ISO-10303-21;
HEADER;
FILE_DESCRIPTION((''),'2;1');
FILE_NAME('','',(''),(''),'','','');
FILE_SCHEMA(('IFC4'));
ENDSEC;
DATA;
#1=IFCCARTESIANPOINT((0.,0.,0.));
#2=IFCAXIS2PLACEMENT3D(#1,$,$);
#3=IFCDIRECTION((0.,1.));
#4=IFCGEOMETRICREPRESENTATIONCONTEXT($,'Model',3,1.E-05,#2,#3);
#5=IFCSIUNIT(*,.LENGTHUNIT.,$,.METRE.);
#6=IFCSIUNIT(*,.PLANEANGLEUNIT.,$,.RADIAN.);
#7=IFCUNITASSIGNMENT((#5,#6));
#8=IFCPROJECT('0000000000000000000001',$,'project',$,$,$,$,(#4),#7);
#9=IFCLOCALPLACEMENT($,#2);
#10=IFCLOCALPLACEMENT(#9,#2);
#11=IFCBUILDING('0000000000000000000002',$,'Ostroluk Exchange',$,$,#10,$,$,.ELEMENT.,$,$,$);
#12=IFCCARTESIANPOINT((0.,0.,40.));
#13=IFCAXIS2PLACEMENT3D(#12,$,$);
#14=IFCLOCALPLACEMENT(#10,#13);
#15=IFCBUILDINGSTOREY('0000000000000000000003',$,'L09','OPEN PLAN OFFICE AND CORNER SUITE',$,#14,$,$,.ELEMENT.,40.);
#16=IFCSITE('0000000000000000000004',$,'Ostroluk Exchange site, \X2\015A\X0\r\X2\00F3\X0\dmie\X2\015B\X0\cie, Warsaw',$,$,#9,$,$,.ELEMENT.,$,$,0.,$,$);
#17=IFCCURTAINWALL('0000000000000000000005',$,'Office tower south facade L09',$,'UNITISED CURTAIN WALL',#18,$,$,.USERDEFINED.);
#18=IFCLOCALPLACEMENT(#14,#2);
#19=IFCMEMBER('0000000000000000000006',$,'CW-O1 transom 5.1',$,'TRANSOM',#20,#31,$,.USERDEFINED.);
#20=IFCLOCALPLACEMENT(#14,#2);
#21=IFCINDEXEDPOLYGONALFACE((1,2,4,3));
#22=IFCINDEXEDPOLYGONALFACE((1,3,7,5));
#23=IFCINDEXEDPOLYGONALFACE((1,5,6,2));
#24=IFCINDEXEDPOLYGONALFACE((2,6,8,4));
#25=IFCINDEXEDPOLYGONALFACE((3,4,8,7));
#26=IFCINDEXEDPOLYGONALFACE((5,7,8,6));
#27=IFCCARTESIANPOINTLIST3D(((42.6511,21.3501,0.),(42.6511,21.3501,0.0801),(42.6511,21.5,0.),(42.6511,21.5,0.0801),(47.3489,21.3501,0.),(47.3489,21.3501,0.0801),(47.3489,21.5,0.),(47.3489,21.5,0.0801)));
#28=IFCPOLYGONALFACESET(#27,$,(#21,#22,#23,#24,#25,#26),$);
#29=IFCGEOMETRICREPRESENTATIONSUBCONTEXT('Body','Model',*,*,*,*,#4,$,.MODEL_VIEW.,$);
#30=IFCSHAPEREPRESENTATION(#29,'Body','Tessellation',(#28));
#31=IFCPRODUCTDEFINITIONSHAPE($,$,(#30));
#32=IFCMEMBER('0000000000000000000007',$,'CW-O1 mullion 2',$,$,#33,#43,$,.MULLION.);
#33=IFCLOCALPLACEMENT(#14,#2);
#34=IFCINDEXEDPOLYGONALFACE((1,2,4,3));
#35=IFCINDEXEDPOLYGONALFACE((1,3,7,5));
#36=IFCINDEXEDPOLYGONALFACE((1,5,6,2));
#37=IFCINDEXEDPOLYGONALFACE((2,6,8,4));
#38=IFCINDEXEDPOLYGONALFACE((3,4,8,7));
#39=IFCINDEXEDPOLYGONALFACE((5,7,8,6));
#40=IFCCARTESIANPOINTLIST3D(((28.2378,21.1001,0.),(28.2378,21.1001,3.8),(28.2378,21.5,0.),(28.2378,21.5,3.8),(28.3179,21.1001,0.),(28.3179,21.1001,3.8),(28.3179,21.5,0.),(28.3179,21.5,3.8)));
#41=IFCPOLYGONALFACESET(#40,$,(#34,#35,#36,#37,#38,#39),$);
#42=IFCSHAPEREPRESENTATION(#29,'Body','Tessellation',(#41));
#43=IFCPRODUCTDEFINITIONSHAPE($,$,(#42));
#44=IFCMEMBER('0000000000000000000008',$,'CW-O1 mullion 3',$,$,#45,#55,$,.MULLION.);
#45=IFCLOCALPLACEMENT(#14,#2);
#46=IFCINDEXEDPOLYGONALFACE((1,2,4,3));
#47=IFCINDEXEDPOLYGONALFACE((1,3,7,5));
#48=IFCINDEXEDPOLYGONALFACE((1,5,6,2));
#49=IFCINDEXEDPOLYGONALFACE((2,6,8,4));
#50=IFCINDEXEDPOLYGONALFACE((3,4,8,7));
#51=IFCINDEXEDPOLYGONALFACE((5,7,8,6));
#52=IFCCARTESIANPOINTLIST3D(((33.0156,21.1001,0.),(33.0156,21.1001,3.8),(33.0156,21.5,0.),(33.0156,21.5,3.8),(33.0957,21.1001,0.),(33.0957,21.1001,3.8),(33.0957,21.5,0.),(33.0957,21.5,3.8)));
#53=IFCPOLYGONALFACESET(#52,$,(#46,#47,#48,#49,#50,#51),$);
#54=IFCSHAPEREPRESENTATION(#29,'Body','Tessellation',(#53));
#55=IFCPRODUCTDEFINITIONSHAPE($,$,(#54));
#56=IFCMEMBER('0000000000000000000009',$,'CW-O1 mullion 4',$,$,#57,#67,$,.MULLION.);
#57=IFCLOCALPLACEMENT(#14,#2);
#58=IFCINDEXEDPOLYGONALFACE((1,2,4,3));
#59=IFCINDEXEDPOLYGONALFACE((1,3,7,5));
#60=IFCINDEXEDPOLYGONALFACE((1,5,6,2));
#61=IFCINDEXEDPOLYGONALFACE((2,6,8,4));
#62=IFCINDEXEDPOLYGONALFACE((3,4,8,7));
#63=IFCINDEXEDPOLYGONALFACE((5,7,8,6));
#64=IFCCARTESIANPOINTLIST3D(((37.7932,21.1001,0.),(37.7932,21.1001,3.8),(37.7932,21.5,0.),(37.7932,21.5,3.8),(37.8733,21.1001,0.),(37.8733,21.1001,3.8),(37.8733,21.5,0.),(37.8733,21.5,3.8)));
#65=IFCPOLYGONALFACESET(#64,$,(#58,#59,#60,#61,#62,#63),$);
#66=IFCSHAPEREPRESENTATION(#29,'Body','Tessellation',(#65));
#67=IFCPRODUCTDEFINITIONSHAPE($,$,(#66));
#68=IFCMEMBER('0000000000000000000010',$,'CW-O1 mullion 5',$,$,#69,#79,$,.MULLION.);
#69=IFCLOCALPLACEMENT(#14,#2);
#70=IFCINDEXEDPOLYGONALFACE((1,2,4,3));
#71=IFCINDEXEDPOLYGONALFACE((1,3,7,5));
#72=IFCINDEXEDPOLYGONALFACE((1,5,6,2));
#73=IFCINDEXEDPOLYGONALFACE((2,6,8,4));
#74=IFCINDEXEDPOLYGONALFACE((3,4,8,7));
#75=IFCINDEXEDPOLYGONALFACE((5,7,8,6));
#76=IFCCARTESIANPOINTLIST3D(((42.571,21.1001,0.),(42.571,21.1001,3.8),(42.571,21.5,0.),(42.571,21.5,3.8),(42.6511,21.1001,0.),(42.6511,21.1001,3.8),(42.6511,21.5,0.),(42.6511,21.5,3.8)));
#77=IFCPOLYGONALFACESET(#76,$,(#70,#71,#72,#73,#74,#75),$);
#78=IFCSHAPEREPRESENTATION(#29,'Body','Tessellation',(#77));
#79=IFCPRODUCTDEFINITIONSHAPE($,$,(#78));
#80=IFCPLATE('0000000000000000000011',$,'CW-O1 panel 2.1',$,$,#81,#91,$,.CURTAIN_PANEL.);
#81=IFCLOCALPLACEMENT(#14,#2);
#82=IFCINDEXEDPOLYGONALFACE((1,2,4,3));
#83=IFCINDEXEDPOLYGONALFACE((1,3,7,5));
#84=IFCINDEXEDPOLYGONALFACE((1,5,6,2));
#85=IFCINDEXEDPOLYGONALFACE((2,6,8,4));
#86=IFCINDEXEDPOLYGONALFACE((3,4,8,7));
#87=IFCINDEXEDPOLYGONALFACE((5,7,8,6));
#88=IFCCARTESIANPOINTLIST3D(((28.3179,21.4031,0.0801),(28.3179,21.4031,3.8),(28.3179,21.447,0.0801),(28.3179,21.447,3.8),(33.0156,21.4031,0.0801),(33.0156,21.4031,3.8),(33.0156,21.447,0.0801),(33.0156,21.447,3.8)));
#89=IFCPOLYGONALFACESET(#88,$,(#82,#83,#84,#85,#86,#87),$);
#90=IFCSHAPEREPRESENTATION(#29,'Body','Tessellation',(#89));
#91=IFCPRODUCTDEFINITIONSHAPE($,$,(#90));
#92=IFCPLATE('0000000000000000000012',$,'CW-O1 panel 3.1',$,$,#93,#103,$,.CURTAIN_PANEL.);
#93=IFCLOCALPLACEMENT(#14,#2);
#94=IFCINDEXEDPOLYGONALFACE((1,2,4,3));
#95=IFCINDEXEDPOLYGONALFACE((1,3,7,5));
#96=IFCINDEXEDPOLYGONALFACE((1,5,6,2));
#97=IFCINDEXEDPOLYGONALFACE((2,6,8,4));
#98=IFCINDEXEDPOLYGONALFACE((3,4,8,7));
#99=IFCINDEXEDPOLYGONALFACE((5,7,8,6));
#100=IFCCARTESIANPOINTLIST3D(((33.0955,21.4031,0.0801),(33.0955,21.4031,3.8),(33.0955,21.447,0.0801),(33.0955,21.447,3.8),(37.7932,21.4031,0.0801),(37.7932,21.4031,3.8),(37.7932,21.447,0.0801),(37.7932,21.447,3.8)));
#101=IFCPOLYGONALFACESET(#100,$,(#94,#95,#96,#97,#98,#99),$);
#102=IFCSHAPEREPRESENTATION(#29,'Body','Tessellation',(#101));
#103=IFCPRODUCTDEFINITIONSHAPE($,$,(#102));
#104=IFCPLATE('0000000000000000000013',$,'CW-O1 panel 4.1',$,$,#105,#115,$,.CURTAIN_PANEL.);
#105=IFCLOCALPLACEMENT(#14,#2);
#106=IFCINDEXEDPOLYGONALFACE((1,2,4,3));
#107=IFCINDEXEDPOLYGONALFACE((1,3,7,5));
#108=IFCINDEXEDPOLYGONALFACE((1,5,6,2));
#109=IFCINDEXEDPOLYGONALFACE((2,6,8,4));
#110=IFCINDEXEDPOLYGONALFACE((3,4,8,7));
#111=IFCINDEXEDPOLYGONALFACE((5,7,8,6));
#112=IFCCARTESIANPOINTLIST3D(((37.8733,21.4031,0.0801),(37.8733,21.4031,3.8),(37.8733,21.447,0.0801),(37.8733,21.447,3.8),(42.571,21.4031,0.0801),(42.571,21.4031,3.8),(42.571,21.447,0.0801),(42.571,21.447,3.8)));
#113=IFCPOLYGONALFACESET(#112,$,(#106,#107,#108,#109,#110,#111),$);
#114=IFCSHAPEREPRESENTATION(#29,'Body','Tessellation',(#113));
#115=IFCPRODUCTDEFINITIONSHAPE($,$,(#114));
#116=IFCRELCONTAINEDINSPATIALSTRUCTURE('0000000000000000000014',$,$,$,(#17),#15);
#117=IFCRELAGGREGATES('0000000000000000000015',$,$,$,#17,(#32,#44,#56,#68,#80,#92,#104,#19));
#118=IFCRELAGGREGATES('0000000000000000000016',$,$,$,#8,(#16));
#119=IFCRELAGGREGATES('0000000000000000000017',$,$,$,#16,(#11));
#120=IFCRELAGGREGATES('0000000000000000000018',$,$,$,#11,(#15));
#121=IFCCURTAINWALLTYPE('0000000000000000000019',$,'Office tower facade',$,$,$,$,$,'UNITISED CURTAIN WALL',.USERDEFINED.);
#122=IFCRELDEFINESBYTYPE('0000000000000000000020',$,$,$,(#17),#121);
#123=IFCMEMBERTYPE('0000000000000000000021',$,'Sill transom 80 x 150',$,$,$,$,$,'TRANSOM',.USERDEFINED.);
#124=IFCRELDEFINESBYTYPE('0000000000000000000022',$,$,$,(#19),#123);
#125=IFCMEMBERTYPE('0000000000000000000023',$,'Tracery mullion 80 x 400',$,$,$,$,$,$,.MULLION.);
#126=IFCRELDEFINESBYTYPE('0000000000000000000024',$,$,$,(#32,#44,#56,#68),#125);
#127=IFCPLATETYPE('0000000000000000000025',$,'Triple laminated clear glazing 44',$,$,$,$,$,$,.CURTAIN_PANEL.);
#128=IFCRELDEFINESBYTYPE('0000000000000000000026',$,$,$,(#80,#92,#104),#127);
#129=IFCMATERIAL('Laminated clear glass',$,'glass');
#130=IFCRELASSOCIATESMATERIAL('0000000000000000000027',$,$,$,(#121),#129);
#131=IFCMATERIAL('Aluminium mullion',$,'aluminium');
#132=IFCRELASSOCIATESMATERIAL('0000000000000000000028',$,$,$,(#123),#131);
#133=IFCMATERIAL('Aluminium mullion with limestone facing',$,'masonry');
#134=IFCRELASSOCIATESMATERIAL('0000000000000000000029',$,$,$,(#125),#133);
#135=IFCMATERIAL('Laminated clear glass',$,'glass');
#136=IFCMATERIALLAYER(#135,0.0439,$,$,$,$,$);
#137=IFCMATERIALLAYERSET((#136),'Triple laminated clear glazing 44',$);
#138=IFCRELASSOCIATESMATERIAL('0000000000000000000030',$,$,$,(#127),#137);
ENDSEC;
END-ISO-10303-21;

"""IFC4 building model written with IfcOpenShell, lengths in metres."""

from ifc_helpers import new_model, si_unit, direction, frame, origin, origin_2d, place, context, subcontext, project, spatial, rectangle, extrude, material, layer, layer_set, material_profile, profile_set, type_object, element, aggregate, save


model = new_model("IFC4")

# Units and contexts
model_context = context("Model", 3, precision=1e-05, world=origin(), true_north=direction((0.0, 1.0)))
body_context = subcontext(model_context, "Body", "Model", "MODEL_VIEW")
ifc_project = project(units=[si_unit("LENGTHUNIT", "METRE"), si_unit("PLANEANGLEUNIT", "RADIAN")], contexts=[model_context])

# Site, building, storey
site_placement = place(None, origin())
site = spatial("IfcSite", under=ifc_project, at=site_placement, Name="Ostroluk Exchange site, Śródmieście, Warsaw", CompositionType="ELEMENT", RefElevation=0.0)
building_placement = place(site_placement, origin())
building = spatial("IfcBuilding", under=site, at=building_placement, Name="Ostroluk Exchange", CompositionType="ELEMENT")
storey_placement = place(building_placement, frame((0.0, 0.0, 40.0)))
storey = spatial("IfcBuildingStorey", under=building, at=storey_placement, Name="L09", Description="OPEN PLAN OFFICE AND CORNER SUITE", CompositionType="ELEMENT", Elevation=40.0)

# Curtain wall, members, plates
ifc_material_1 = material(Name="Laminated clear glass", Category="glass")
curtain_wall_type = type_object("IfcCurtainWallType", Name="Office tower facade", ElementType="UNITISED CURTAIN WALL", PredefinedType="USERDEFINED", material=ifc_material_1)
curtain_wall_placement = place(storey_placement, origin())
curtain_wall = element("IfcCurtainWall", 1, at=curtain_wall_placement, inside=storey, type_object=curtain_wall_type, Name="Office tower south facade L09", ObjectType="UNITISED CURTAIN WALL", PredefinedType="USERDEFINED")
ifc_material_2 = material(Name="Aluminium mullion", Category="aluminium")
ifc_material_profile_1 = material_profile(ifc_material_2, rectangle(XDim=0.1499, YDim=0.0801, at=origin_2d()), Name="Sill transom 80 x 150")
ifc_profile_set_1 = profile_set([ifc_material_profile_1], Name="Aluminium mullion")
member_type_1 = type_object("IfcMemberType", Name="Sill transom 80 x 150", ElementType="TRANSOM", PredefinedType="USERDEFINED", material=ifc_profile_set_1)
member_1_placement = place(storey_placement, frame((42.6511, 21.425, 0.04), z_axis=(1.0, 0.0, 0.0), x_axis=(0.0, 1.0, 0.0)))
member_1 = element("IfcMember", 2, at=member_1_placement, type_object=member_type_1, Name="CW-O1 transom 5.1", ObjectType="TRANSOM", PredefinedType="USERDEFINED", context=body_context, shape_type="SweptSolid", body=[
    extrude(rectangle(XDim=0.1499, YDim=0.0801, at=origin_2d()), origin(), (0.0, 0.0, 1.0), 4.6978),
])
ifc_material_3 = material(Name="Aluminium mullion with limestone facing", Category="masonry")
ifc_material_profile_2 = material_profile(ifc_material_3, rectangle(XDim=0.3999, YDim=0.0801, at=origin_2d()), Name="Tracery mullion 80 x 400")
ifc_profile_set_2 = profile_set([ifc_material_profile_2], Name="Aluminium mullion with limestone facing")
member_type_2 = type_object("IfcMemberType", Name="Tracery mullion 80 x 400", PredefinedType="MULLION", material=ifc_profile_set_2)
member_2_placement = place(storey_placement, frame((28.2778, 21.3, 0.0), z_axis=(0.0, 0.0, 1.0), x_axis=(0.0, 1.0, 0.0)))
member_2 = element("IfcMember", 3, at=member_2_placement, type_object=member_type_2, Name="CW-O1 mullion 2", PredefinedType="MULLION", context=body_context, shape_type="SweptSolid", body=[
    extrude(rectangle(XDim=0.3999, YDim=0.0801, at=origin_2d()), origin(), (0.0, 0.0, 1.0), 3.8),
])
member_3_placement = place(storey_placement, frame((33.0557, 21.3, 0.0), z_axis=(0.0, 0.0, 1.0), x_axis=(0.0, 1.0, 0.0)))
member_3 = element("IfcMember", 4, at=member_3_placement, type_object=member_type_2, Name="CW-O1 mullion 3", PredefinedType="MULLION", context=body_context, shape_type="SweptSolid", body=[
    extrude(rectangle(XDim=0.3999, YDim=0.0801, at=origin_2d()), origin(), (0.0, 0.0, 1.0), 3.8),
])
member_4_placement = place(storey_placement, frame((37.8333, 21.3, 0.0), z_axis=(0.0, 0.0, 1.0), x_axis=(0.0, 1.0, 0.0)))
member_4 = element("IfcMember", 5, at=member_4_placement, type_object=member_type_2, Name="CW-O1 mullion 4", PredefinedType="MULLION", context=body_context, shape_type="SweptSolid", body=[
    extrude(rectangle(XDim=0.3999, YDim=0.0801, at=origin_2d()), origin(), (0.0, 0.0, 1.0), 3.8),
])
member_5_placement = place(storey_placement, frame((42.6111, 21.3, 0.0), z_axis=(0.0, 0.0, 1.0), x_axis=(0.0, 1.0, 0.0)))
member_5 = element("IfcMember", 6, at=member_5_placement, type_object=member_type_2, Name="CW-O1 mullion 5", PredefinedType="MULLION", context=body_context, shape_type="SweptSolid", body=[
    extrude(rectangle(XDim=0.3999, YDim=0.0801, at=origin_2d()), origin(), (0.0, 0.0, 1.0), 3.8),
])
ifc_material_4 = material(Name="Laminated clear glass", Category="glass")
ifc_layer_1 = layer(ifc_material_4, 0.0439)
ifc_layer_set_1 = layer_set([ifc_layer_1], Name="Triple laminated clear glazing 44")
plate_type = type_object("IfcPlateType", Name="Triple laminated clear glazing 44", PredefinedType="CURTAIN_PANEL", material=ifc_layer_set_1)
plate_1_placement = place(storey_placement, frame((30.6667, 21.425, 0.0801), z_axis=(0.0, 0.0, 1.0), x_axis=(1.0, 0.0, 0.0)))
plate_1 = element("IfcPlate", 7, at=plate_1_placement, type_object=plate_type, Name="CW-O1 panel 2.1", PredefinedType="CURTAIN_PANEL", context=body_context, shape_type="SweptSolid", body=[
    extrude(rectangle(XDim=4.6978, YDim=0.0439, at=origin_2d()), origin(), (0.0, 0.0, 1.0), 3.72),
])
plate_2_placement = place(storey_placement, frame((35.4443, 21.425, 0.0801), z_axis=(0.0, 0.0, 1.0), x_axis=(1.0, 0.0, 0.0)))
plate_2 = element("IfcPlate", 8, at=plate_2_placement, type_object=plate_type, Name="CW-O1 panel 3.1", PredefinedType="CURTAIN_PANEL", context=body_context, shape_type="SweptSolid", body=[
    extrude(rectangle(XDim=4.6978, YDim=0.0439, at=origin_2d()), origin(), (0.0, 0.0, 1.0), 3.72),
])
plate_3_placement = place(storey_placement, frame((40.2222, 21.425, 0.0801), z_axis=(0.0, 0.0, 1.0), x_axis=(1.0, 0.0, 0.0)))
plate_3 = element("IfcPlate", 9, at=plate_3_placement, type_object=plate_type, Name="CW-O1 panel 4.1", PredefinedType="CURTAIN_PANEL", context=body_context, shape_type="SweptSolid", body=[
    extrude(rectangle(XDim=4.6978, YDim=0.0439, at=origin_2d()), origin(), (0.0, 0.0, 1.0), 3.72),
])
aggregate(curtain_wall, [member_2, member_3, member_4, member_5, plate_1, plate_2, plate_3, member_1])

save(model, "model.ifc")
